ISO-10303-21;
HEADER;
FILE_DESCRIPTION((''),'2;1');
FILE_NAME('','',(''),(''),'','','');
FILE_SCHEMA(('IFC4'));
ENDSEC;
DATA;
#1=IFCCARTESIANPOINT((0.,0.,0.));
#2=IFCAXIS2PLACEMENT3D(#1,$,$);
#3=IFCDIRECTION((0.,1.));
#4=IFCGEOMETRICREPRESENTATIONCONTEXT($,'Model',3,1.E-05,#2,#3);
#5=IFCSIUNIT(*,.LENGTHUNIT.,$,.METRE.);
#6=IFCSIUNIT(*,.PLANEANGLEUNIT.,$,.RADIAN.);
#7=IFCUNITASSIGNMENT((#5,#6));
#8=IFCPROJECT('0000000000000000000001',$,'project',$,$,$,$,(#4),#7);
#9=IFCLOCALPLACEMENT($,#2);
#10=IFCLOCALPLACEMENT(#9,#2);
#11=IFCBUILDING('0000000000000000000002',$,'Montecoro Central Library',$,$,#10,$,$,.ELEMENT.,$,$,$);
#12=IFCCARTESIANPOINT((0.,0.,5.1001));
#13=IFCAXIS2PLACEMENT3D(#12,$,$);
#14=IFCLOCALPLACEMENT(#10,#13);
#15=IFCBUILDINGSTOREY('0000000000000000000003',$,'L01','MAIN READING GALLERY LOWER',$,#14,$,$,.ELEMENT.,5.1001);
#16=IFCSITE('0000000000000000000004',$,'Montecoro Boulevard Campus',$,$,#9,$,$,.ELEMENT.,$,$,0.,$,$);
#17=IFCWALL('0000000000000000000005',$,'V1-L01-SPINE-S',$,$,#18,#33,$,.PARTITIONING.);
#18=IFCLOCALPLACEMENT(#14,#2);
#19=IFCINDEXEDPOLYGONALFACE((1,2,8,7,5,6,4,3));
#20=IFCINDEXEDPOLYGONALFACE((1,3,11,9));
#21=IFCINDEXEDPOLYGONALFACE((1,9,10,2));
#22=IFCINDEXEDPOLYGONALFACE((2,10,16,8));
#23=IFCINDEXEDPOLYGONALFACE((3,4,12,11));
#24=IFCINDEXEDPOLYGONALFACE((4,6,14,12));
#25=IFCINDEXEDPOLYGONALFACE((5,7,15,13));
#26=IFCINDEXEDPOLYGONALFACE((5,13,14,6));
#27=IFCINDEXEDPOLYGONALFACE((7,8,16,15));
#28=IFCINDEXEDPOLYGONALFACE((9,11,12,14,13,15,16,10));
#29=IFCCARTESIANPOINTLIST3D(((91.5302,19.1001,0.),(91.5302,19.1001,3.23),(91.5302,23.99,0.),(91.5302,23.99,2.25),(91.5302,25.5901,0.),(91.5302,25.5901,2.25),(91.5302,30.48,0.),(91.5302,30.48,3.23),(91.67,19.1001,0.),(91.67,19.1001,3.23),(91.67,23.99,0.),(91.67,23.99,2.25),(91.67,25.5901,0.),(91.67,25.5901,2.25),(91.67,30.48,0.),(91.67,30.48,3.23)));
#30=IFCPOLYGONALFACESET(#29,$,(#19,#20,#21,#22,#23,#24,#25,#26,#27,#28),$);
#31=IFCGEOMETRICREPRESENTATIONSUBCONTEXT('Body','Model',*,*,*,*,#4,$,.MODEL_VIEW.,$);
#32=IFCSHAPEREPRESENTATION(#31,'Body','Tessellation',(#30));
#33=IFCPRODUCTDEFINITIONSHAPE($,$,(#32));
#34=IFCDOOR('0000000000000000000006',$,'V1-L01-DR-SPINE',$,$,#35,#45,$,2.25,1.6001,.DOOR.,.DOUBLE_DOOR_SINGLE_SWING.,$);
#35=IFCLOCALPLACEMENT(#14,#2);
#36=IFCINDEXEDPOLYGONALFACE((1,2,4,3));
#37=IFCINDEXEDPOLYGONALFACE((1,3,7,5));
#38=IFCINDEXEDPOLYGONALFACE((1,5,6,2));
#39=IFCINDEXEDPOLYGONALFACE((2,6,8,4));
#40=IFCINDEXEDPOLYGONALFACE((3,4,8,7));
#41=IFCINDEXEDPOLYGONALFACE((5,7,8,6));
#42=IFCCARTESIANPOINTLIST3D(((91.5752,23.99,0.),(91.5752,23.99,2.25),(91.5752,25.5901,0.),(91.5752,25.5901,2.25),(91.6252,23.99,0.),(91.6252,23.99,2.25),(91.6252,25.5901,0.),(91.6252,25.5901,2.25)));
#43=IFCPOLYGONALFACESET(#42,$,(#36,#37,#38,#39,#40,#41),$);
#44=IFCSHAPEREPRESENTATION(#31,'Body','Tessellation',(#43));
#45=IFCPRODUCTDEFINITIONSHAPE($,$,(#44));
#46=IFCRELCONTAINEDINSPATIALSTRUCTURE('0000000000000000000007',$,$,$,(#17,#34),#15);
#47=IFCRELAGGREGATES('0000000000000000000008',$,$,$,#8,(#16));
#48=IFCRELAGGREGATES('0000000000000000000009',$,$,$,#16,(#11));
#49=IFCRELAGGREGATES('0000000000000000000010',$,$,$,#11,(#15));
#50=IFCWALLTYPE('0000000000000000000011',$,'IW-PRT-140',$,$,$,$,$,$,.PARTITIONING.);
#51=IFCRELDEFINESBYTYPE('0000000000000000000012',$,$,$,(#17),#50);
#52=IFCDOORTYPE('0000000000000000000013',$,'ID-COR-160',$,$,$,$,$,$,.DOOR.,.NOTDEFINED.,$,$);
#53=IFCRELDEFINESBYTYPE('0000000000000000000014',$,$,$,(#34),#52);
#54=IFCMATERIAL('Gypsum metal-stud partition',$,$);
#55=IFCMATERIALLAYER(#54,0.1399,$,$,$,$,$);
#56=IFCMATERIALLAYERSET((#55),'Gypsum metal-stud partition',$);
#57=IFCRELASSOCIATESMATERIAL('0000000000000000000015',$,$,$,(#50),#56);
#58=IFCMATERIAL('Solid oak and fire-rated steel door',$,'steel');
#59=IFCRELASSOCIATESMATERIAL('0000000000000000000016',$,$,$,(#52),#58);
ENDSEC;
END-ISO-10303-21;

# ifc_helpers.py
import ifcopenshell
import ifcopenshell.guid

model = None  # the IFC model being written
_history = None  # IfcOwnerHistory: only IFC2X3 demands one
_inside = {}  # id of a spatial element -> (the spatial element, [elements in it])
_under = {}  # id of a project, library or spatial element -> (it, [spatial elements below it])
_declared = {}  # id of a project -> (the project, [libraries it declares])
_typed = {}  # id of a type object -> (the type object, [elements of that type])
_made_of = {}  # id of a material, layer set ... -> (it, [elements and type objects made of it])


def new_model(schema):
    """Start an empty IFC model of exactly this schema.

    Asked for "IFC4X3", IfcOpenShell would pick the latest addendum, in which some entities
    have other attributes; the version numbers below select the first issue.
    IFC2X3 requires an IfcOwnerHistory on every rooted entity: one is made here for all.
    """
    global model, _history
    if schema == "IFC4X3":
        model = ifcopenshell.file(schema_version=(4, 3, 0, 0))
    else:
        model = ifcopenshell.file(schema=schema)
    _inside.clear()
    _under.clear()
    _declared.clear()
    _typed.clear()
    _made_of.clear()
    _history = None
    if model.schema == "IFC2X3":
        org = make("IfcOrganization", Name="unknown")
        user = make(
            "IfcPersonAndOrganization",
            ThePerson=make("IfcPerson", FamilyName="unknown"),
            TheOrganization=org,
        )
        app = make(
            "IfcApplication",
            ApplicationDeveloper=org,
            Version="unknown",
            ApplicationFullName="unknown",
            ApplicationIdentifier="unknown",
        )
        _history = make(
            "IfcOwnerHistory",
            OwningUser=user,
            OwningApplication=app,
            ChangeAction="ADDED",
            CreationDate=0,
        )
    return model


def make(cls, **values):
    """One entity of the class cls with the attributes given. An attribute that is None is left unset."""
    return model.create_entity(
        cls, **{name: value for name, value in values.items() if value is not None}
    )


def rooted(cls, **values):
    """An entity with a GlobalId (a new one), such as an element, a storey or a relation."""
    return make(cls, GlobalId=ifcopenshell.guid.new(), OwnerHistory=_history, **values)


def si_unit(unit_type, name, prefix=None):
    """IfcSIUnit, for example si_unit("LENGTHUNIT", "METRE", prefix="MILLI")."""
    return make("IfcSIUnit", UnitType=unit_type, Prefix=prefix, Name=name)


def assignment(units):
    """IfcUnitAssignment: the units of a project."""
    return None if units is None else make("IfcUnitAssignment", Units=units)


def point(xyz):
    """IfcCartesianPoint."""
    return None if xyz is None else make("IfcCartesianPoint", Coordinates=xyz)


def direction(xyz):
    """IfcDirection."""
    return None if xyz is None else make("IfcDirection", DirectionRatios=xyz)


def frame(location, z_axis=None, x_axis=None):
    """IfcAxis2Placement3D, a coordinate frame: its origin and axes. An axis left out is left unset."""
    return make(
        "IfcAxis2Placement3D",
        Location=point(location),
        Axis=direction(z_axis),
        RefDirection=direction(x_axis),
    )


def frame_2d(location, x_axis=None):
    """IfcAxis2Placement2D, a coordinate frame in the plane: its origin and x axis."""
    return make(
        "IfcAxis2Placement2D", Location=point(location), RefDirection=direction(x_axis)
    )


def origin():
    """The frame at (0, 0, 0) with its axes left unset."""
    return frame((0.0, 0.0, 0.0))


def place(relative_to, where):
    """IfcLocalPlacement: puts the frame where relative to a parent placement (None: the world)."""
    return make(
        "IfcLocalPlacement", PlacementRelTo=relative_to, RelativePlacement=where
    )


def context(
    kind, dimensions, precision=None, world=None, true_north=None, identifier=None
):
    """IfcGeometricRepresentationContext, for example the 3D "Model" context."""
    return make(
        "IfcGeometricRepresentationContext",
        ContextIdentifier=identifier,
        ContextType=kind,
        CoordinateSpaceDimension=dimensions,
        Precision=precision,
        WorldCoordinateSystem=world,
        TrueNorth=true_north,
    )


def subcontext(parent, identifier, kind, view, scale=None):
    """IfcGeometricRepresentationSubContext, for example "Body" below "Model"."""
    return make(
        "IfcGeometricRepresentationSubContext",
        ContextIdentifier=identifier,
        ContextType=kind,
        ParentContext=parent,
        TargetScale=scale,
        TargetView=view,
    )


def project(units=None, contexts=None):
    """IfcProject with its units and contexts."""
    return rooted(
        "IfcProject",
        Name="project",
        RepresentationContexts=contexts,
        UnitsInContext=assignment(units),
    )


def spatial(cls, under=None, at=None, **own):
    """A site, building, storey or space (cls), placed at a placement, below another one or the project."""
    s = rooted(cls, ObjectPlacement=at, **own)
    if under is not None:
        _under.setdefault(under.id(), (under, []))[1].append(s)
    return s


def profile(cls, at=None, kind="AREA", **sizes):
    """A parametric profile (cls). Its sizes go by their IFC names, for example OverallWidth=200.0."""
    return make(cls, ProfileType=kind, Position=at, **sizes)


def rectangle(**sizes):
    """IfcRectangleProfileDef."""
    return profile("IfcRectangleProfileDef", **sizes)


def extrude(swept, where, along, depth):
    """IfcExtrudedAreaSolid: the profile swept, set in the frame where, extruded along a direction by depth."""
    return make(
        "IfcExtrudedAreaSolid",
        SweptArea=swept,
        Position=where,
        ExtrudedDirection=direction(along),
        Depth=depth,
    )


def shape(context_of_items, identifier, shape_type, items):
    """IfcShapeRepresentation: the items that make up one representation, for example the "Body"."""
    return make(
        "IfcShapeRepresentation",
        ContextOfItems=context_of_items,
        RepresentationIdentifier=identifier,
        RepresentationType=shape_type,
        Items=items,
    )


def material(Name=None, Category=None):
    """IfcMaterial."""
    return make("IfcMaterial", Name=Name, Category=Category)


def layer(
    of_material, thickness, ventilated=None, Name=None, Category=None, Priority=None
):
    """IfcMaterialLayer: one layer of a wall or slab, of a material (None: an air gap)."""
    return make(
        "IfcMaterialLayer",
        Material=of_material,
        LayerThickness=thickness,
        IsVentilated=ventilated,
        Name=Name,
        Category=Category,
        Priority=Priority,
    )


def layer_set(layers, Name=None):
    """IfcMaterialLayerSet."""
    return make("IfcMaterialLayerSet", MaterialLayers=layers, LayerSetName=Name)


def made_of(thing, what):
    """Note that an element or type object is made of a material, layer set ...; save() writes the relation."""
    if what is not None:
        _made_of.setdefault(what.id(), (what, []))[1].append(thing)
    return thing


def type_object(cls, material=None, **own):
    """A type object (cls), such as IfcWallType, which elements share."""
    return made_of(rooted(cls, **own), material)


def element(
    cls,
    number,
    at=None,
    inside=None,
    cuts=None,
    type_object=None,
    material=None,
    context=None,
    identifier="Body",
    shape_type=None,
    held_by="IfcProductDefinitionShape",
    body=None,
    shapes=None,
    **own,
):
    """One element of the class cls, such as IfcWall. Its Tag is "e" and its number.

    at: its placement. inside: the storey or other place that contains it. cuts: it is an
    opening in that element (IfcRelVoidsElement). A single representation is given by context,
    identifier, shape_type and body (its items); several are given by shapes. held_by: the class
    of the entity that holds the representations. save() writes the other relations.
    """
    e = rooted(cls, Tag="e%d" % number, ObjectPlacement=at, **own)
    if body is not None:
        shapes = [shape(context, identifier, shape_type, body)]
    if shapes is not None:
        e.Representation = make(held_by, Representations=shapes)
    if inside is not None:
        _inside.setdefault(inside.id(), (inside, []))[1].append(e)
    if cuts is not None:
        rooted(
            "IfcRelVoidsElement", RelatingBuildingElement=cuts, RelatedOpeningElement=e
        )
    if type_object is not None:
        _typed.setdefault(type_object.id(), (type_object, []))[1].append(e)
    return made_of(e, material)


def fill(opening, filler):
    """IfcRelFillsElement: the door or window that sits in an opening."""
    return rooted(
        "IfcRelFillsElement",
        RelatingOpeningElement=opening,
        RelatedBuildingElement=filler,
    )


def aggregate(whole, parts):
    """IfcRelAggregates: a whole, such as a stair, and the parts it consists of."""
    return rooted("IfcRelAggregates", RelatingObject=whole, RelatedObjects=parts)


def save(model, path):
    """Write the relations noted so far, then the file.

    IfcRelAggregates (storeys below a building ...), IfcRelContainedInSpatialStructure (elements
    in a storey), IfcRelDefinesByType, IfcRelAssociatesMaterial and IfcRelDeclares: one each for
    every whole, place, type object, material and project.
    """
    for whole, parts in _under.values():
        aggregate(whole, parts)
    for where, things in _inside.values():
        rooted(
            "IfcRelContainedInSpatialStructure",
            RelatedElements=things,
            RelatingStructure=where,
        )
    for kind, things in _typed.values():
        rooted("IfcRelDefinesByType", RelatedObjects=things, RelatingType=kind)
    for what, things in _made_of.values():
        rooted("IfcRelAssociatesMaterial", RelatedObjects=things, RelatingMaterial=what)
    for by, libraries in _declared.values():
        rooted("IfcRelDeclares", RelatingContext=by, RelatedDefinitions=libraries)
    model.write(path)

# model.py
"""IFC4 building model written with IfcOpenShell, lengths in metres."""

from ifc_helpers import new_model, si_unit, direction, frame, frame_2d, origin, place, context, subcontext, project, spatial, rectangle, extrude, material, layer, layer_set, type_object, element, fill, save


model = new_model("IFC4")

# Units and contexts
model_context = context("Model", 3, precision=1e-05, world=origin(), true_north=direction((0.0, 1.0)))
body_context = subcontext(model_context, "Body", "Model", "MODEL_VIEW")
ifc_project = project(units=[si_unit("LENGTHUNIT", "METRE"), si_unit("PLANEANGLEUNIT", "RADIAN")], contexts=[model_context])

# Site, building, storey
site_placement = place(None, origin())
site = spatial("IfcSite", under=ifc_project, at=site_placement, Name="Montecoro Boulevard Campus", CompositionType="ELEMENT", RefElevation=0.0)
building_placement = place(site_placement, origin())
building = spatial("IfcBuilding", under=site, at=building_placement, Name="Montecoro Central Library", CompositionType="ELEMENT")
storey_placement = place(building_placement, frame((0.0, 0.0, 5.1001)))
storey = spatial("IfcBuildingStorey", under=building, at=storey_placement, Name="L01", Description="MAIN READING GALLERY LOWER", CompositionType="ELEMENT", Elevation=5.1001)

# Wall, opening, door
ifc_material_1 = material(Name="Gypsum metal-stud partition")
ifc_layer_1 = layer(ifc_material_1, 0.1399)
ifc_layer_set_1 = layer_set([ifc_layer_1], Name="Gypsum metal-stud partition")
wall_type_1 = type_object("IfcWallType", Name="IW-PRT-140", PredefinedType="PARTITIONING", material=ifc_layer_set_1)
wall_1_placement = place(storey_placement, frame((91.6001, 19.1001, 0.0), z_axis=(0.0, 0.0, 1.0), x_axis=(0.0, 1.0, 0.0)))
wall_1 = element("IfcWall", 1, at=wall_1_placement, inside=storey, type_object=wall_type_1, Name="V1-L01-SPINE-S", PredefinedType="PARTITIONING", context=body_context, shape_type="SweptSolid", body=[
    extrude(rectangle(XDim=11.3799, YDim=0.1399, at=frame_2d((5.6899, 0.0))), origin(), (0.0, 0.0, 1.0), 3.23),
])
opening_1_placement = place(wall_1_placement, frame((4.8899, 0.0, 0.0)))
opening_1 = element("IfcOpeningElement", 2, at=opening_1_placement, cuts=wall_1, PredefinedType="OPENING", context=body_context, shape_type="SweptSolid", body=[
    extrude(rectangle(XDim=1.6001, YDim=2.25, at=frame_2d((0.8, 1.125))), frame((0.0, 0.0798, 0.0), z_axis=(0.0, -1.0, 0.0), x_axis=(1.0, 0.0, 0.0)), (0.0, 0.0, 1.0), 0.1599),
])
ifc_material_2 = material(Name="Solid oak and fire-rated steel door", Category="steel")
door_type = type_object("IfcDoorType", Name="ID-COR-160", OperationType="NOTDEFINED", PredefinedType="DOOR", material=ifc_material_2)
door_placement = place(opening_1_placement, origin())
door = element("IfcDoor", 3, at=door_placement, inside=storey, type_object=door_type, Name="V1-L01-DR-SPINE", OperationType="DOUBLE_DOOR_SINGLE_SWING", OverallHeight=2.25, OverallWidth=1.6001, PredefinedType="DOOR", context=body_context, shape_type="SweptSolid", body=[
    extrude(rectangle(XDim=1.6001, YDim=2.25, at=frame_2d((0.8, 1.125))), frame((0.0, 0.0249, 0.0), z_axis=(0.0, -1.0, 0.0), x_axis=(1.0, 0.0, 0.0)), (0.0, 0.0, 1.0), 0.05),
])
fill(opening_1, door)

save(model, "model.ifc")
